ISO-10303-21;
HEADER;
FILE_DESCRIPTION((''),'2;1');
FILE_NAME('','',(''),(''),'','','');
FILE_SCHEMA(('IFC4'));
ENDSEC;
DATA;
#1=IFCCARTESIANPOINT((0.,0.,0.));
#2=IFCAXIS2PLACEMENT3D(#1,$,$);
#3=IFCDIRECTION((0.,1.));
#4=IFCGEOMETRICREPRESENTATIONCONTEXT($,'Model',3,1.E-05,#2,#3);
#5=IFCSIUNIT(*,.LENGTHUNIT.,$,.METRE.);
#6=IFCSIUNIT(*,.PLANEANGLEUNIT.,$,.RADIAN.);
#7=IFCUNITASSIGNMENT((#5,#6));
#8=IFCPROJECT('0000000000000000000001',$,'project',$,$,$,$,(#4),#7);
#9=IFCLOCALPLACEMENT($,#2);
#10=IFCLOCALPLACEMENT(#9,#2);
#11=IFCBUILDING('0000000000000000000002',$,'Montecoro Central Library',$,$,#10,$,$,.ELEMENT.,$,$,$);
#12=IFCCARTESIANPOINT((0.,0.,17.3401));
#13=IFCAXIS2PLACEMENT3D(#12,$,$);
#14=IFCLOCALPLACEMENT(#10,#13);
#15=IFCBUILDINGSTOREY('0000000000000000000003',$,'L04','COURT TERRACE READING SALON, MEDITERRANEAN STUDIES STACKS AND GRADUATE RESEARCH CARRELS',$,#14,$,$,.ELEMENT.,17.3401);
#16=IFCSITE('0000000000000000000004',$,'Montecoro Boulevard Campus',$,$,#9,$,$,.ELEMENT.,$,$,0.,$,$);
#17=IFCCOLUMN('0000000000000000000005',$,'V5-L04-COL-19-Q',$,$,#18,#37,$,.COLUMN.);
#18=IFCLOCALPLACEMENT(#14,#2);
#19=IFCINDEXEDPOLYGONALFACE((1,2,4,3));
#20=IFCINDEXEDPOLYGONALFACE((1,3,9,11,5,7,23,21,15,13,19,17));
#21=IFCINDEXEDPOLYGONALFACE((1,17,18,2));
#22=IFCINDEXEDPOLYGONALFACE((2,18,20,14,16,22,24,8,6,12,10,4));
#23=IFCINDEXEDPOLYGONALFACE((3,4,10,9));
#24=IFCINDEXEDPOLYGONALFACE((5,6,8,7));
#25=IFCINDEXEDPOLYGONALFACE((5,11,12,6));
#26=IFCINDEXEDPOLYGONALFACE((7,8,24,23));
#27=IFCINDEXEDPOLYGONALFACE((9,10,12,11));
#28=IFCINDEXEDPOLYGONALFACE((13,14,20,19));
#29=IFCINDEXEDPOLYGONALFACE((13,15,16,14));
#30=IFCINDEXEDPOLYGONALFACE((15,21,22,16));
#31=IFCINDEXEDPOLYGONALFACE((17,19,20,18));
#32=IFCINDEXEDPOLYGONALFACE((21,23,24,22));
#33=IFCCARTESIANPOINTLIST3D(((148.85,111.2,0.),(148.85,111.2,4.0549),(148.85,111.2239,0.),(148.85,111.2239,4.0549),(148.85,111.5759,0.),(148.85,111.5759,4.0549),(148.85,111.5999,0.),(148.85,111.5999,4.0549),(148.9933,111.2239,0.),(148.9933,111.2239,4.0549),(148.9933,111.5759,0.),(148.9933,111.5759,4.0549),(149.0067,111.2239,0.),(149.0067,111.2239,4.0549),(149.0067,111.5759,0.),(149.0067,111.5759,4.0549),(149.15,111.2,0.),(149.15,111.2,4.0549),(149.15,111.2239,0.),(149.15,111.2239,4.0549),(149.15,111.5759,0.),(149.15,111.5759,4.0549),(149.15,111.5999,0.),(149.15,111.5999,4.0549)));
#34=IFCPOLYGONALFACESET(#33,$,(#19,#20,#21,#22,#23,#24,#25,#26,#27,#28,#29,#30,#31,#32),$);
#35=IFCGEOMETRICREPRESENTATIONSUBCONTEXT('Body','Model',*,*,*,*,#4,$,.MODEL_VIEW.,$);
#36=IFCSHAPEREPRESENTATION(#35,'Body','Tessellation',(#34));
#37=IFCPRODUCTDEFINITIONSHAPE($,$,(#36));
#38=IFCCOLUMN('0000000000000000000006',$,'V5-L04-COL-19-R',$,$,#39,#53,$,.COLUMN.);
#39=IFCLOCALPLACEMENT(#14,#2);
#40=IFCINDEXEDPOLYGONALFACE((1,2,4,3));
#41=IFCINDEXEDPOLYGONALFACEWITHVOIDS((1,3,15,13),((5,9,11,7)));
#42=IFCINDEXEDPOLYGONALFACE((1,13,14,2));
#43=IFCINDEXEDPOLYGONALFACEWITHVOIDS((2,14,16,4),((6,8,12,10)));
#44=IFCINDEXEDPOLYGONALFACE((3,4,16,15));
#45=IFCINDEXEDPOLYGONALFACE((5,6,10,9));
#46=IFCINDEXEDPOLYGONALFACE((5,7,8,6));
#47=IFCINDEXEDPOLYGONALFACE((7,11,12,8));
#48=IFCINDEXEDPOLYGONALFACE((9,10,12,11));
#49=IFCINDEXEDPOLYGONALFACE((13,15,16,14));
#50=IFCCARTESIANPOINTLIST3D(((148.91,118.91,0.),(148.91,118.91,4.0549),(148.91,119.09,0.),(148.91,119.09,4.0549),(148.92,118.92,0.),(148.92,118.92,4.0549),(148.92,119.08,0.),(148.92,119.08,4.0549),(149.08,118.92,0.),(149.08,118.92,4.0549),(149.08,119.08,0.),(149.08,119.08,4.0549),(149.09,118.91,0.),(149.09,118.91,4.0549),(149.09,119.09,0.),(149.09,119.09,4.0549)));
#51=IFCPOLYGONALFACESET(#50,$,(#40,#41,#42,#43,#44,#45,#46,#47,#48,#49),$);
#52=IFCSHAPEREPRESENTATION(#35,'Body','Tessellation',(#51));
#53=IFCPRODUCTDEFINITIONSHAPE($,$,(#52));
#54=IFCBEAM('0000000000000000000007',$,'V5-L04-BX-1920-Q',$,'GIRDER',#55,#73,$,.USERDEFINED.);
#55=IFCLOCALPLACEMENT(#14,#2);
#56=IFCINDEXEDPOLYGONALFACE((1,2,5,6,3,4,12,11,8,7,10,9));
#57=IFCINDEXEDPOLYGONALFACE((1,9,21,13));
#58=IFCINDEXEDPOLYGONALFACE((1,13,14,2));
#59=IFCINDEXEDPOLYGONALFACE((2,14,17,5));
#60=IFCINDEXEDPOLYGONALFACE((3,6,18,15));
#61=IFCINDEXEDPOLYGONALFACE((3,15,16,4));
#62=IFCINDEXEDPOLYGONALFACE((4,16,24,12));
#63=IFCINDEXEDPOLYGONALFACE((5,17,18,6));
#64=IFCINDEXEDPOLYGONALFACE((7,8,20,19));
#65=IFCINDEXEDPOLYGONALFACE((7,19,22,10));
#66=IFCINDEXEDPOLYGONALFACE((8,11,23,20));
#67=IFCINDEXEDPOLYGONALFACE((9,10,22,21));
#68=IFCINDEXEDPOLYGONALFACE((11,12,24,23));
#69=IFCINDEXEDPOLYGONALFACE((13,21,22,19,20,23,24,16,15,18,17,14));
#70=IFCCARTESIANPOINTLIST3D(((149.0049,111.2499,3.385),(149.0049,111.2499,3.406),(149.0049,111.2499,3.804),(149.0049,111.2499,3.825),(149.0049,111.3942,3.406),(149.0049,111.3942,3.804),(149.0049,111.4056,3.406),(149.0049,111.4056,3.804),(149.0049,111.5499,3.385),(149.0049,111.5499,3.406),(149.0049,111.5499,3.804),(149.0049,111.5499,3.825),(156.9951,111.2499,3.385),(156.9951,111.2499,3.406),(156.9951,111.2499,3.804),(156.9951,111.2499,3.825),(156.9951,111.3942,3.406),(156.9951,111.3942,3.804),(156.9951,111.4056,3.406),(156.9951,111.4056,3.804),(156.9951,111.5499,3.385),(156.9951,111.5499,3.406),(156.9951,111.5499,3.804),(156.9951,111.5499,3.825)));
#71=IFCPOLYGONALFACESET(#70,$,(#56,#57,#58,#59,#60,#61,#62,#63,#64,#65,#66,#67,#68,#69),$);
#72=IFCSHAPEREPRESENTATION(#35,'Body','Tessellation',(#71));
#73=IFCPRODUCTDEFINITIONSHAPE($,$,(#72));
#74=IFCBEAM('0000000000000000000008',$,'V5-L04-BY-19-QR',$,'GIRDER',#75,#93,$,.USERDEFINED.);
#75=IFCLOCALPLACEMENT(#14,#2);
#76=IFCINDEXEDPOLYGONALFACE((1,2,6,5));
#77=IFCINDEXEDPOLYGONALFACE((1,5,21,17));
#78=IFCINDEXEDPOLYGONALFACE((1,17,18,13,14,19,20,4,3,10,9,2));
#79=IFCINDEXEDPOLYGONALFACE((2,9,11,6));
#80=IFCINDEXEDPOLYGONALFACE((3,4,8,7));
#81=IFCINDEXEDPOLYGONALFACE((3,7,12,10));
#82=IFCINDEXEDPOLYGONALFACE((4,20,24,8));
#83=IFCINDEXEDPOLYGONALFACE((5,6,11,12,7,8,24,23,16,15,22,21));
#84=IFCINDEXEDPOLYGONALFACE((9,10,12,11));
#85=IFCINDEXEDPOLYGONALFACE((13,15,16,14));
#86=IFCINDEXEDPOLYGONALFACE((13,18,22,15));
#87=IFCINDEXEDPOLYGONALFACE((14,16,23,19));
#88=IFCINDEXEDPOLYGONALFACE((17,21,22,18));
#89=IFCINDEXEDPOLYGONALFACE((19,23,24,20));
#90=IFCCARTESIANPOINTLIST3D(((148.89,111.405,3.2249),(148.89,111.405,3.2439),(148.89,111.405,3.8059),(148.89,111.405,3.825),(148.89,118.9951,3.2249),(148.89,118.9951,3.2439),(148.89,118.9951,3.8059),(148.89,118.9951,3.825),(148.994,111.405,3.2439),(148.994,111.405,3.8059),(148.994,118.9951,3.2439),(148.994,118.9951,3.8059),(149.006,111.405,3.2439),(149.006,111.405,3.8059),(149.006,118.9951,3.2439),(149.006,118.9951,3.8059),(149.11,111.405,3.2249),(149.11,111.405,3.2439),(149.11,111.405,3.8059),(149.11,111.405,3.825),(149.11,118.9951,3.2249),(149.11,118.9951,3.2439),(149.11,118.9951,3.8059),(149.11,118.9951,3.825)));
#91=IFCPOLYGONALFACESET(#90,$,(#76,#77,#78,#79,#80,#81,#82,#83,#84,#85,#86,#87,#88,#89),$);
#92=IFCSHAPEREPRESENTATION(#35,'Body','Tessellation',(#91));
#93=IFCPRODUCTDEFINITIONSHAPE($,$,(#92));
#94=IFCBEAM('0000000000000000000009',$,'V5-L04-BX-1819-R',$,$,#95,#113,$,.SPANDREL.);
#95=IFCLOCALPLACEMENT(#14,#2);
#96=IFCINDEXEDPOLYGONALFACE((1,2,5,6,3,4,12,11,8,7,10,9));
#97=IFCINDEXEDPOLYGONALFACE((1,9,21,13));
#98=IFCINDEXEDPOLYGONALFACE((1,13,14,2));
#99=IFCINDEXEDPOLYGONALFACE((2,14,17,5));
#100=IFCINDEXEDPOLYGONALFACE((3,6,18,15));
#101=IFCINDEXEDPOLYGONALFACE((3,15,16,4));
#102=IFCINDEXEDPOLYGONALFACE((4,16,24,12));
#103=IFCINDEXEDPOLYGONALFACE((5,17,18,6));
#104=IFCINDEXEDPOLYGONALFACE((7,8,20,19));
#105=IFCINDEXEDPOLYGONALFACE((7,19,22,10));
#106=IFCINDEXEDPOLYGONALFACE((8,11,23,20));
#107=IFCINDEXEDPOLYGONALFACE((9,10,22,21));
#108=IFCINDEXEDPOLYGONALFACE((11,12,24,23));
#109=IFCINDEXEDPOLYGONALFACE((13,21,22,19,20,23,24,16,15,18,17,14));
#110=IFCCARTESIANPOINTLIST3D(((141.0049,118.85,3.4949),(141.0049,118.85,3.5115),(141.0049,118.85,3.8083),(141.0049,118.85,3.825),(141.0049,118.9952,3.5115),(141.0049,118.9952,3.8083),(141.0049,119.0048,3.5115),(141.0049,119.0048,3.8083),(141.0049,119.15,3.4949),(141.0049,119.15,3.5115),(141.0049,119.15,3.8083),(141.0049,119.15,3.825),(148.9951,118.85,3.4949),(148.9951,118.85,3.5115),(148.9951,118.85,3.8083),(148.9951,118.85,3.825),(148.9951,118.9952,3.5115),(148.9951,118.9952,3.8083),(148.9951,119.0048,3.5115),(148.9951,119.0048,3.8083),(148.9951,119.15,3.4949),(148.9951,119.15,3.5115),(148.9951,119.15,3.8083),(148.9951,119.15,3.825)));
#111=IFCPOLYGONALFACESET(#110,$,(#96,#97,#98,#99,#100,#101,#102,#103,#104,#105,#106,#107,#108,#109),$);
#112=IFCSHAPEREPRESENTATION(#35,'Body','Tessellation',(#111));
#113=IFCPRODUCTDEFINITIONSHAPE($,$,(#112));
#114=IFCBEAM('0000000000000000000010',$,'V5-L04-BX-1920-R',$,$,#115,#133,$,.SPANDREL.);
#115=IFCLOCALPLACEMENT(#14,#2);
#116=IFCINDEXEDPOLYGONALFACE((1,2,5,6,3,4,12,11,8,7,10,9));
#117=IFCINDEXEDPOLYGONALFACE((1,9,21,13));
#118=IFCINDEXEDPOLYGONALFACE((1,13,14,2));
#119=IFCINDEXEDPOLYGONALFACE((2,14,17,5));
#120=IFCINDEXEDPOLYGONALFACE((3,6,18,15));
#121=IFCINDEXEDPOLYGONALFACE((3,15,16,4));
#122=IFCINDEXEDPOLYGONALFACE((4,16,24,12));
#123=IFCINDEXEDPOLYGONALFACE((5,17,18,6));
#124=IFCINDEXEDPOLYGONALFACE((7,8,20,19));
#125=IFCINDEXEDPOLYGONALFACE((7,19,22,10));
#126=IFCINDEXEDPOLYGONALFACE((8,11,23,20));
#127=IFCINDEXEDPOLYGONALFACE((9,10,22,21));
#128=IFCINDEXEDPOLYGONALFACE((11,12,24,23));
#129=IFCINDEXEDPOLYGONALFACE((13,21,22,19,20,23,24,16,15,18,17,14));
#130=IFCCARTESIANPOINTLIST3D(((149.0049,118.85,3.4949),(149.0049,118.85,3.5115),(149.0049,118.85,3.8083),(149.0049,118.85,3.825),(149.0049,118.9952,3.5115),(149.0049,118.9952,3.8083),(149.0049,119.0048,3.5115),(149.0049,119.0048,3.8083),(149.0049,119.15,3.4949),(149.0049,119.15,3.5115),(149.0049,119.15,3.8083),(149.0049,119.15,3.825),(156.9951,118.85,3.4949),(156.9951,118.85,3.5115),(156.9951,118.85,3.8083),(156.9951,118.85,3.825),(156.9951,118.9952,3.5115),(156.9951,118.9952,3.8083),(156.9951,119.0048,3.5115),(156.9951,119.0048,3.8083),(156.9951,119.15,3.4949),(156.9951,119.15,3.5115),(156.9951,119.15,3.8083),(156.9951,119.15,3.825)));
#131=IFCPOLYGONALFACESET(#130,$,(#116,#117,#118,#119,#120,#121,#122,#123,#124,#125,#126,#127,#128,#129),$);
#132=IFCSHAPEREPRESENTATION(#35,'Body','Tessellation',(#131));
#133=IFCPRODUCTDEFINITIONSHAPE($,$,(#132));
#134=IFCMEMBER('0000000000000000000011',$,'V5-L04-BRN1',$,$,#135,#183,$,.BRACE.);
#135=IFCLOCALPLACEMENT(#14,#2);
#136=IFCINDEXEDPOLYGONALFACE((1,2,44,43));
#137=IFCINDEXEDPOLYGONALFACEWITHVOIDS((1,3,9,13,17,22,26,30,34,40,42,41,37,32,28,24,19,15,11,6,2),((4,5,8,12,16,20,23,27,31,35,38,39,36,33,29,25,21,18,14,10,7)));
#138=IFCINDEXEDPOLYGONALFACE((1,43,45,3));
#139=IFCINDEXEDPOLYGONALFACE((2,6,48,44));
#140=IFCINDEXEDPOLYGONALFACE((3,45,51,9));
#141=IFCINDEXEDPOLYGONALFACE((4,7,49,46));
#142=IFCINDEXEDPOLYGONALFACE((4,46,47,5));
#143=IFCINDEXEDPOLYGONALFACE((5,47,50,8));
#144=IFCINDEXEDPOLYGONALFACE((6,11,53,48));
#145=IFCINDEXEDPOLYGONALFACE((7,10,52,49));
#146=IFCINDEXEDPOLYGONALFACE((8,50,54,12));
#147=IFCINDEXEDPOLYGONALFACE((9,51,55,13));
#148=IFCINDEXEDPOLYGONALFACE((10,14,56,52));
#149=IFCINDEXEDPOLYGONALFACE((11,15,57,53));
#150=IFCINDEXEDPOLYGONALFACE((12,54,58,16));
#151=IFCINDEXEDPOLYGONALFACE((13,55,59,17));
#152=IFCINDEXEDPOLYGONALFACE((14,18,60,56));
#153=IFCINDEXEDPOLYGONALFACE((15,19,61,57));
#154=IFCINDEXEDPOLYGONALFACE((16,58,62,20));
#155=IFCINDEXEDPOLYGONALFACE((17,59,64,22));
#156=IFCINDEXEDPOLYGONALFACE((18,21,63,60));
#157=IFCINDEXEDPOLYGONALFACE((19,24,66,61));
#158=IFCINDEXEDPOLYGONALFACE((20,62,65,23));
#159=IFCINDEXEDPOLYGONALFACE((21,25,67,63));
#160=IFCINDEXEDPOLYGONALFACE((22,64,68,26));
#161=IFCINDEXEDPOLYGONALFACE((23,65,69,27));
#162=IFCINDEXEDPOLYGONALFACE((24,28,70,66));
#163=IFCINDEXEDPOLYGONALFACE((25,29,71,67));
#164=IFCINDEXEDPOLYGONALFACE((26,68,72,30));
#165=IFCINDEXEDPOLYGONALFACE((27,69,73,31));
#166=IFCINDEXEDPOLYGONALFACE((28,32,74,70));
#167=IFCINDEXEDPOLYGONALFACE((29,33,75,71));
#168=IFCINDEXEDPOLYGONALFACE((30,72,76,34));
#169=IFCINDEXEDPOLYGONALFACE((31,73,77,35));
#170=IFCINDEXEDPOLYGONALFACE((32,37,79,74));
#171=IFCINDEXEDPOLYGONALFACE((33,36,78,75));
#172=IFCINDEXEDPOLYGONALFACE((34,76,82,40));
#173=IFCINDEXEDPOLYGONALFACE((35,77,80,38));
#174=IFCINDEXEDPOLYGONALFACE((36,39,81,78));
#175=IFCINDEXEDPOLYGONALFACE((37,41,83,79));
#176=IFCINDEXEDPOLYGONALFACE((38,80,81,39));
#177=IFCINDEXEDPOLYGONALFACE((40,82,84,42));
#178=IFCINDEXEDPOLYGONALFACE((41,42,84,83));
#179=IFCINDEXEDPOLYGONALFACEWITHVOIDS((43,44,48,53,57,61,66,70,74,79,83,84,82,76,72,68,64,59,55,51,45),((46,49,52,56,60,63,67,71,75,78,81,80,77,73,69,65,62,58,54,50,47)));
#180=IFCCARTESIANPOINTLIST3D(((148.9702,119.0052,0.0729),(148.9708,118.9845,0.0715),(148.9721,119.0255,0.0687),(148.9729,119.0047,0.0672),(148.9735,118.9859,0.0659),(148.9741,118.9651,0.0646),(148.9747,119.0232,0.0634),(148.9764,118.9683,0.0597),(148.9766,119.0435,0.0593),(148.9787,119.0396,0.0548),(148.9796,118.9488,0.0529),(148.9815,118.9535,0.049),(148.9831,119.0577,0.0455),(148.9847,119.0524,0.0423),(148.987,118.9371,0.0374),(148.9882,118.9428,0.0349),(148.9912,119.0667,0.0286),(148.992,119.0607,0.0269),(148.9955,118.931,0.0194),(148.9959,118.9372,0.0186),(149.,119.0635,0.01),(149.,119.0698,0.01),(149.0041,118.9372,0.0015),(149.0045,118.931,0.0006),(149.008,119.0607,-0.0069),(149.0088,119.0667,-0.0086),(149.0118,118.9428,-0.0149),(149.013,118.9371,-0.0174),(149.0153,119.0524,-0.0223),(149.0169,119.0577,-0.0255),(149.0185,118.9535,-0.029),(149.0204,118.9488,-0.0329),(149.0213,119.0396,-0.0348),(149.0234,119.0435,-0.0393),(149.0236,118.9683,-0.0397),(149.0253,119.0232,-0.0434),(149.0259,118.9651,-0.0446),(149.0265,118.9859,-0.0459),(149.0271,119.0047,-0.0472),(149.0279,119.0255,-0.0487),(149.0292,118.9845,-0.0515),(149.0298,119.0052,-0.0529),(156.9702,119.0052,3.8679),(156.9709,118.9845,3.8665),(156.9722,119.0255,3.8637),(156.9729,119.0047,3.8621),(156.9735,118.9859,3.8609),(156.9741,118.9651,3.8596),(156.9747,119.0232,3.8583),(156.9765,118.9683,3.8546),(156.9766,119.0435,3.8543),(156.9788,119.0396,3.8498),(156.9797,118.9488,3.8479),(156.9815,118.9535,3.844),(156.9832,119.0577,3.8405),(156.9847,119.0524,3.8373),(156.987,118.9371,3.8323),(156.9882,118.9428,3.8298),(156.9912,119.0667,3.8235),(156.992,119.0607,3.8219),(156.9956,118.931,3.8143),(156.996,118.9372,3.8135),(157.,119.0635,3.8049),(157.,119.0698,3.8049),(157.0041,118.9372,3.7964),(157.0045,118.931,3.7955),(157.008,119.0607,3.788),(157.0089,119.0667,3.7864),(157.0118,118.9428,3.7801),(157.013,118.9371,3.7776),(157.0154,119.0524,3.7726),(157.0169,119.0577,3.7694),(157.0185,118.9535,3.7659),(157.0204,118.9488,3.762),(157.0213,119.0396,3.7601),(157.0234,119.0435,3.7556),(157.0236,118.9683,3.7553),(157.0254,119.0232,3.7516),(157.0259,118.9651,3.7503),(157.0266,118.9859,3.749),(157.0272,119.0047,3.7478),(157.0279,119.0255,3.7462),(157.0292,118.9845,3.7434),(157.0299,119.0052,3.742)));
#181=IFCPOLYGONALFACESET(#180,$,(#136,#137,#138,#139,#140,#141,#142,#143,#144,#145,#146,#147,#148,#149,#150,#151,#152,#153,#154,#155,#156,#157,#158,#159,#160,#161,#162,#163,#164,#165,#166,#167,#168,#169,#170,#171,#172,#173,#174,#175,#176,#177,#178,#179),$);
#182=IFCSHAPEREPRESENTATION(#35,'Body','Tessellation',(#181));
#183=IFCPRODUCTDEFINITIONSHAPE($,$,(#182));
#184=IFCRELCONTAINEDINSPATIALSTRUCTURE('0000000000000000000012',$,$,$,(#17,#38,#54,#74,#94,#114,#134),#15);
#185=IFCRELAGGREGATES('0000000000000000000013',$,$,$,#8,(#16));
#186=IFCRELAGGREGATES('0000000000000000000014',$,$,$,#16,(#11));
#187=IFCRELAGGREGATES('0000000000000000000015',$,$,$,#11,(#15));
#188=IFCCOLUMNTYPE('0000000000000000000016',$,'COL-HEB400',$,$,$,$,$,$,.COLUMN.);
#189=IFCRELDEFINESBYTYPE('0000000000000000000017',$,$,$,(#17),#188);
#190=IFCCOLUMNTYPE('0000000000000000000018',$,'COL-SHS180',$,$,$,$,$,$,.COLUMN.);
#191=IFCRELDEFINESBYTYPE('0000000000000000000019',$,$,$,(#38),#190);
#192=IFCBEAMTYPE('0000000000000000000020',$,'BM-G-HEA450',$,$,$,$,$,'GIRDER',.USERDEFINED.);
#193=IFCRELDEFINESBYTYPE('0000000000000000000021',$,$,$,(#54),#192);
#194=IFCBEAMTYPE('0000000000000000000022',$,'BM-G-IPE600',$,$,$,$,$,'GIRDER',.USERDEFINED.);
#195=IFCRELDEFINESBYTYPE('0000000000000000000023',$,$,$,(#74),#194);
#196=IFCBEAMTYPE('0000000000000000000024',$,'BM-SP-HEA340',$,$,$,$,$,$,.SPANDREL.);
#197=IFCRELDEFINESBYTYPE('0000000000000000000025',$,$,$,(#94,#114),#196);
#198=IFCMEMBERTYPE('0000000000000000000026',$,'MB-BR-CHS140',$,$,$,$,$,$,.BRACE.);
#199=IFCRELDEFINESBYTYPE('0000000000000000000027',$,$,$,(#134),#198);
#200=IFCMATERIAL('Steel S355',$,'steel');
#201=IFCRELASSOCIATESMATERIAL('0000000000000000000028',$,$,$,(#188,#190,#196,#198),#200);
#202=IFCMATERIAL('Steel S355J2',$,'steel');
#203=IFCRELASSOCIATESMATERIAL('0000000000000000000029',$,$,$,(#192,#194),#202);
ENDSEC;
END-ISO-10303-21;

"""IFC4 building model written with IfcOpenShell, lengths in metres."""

from ifc_helpers import new_model, si_unit, direction, frame, origin, origin_2d, place, context, subcontext, project, spatial, hollow_rectangle, hollow_circle, i_section, extrude, material, material_profile, profile_set, type_object, element, save


model = new_model("IFC4")

# Units and contexts
model_context = context("Model", 3, precision=1e-05, world=origin(), true_north=direction((0.0, 1.0)))
body_context = subcontext(model_context, "Body", "Model", "MODEL_VIEW")
ifc_project = project(units=[si_unit("LENGTHUNIT", "METRE"), si_unit("PLANEANGLEUNIT", "RADIAN")], contexts=[model_context])

# Site, building, storey
site_placement = place(None, origin())
site = spatial("IfcSite", under=ifc_project, at=site_placement, Name="Montecoro Boulevard Campus", CompositionType="ELEMENT", RefElevation=0.0)
building_placement = place(site_placement, origin())
building = spatial("IfcBuilding", under=site, at=building_placement, Name="Montecoro Central Library", CompositionType="ELEMENT")
storey_placement = place(building_placement, frame((0.0, 0.0, 17.3401)))
storey = spatial("IfcBuildingStorey", under=building, at=storey_placement, Name="L04", Description="COURT TERRACE READING SALON, MEDITERRANEAN STUDIES STACKS AND GRADUATE RESEARCH CARRELS", CompositionType="ELEMENT", Elevation=17.3401)

# Columns
ifc_material_1 = material(Name="Steel S355", Category="steel")
ifc_material_profile_1 = material_profile(ifc_material_1, i_section(OverallWidth=0.3, OverallDepth=0.3999, WebThickness=0.0134, FlangeThickness=0.0239, at=origin_2d()), Name="HEB 400")
ifc_profile_set_1 = profile_set([ifc_material_profile_1], Name="Steel S355")
column_type_1 = type_object("IfcColumnType", Name="COL-HEB400", PredefinedType="COLUMN", material=ifc_profile_set_1)
column_1_placement = place(storey_placement, frame((149.0, 111.3999, 0.0), z_axis=(0.0, 0.0, 1.0), x_axis=(1.0, 0.0, 0.0)))
element("IfcColumn", 1, at=column_1_placement, inside=storey, type_object=column_type_1, Name="V5-L04-COL-19-Q", PredefinedType="COLUMN", context=body_context, shape_type="SweptSolid", body=[
    extrude(i_section(OverallWidth=0.3, OverallDepth=0.3999, WebThickness=0.0134, FlangeThickness=0.0239, at=origin_2d()), origin(), (0.0, 0.0, 1.0), 4.0549),
])
ifc_material_profile_2 = material_profile(ifc_material_1, hollow_rectangle(XDim=0.1799, YDim=0.1799, WallThickness=0.01, at=origin_2d()), Name="SHS 180x180x10.0")
ifc_profile_set_2 = profile_set([ifc_material_profile_2], Name="Steel S355")
column_type_2 = type_object("IfcColumnType", Name="COL-SHS180", PredefinedType="COLUMN", material=ifc_profile_set_2)
column_2_placement = place(storey_placement, frame((149.0, 119.0, 0.0), z_axis=(0.0, 0.0, 1.0), x_axis=(1.0, 0.0, 0.0)))
element("IfcColumn", 2, at=column_2_placement, inside=storey, type_object=column_type_2, Name="V5-L04-COL-19-R", PredefinedType="COLUMN", context=body_context, shape_type="SweptSolid", body=[
    extrude(hollow_rectangle(XDim=0.1799, YDim=0.1799, WallThickness=0.01, at=origin_2d()), origin(), (0.0, 0.0, 1.0), 4.0549),
])

# Beams
ifc_material_2 = material(Name="Steel S355J2", Category="steel")
ifc_material_profile_3 = material_profile(ifc_material_2, i_section(OverallWidth=0.3, OverallDepth=0.4399, WebThickness=0.0115, FlangeThickness=0.021, at=origin_2d()), Name="HEA 450")
ifc_profile_set_3 = profile_set([ifc_material_profile_3], Name="Steel S355J2")
beam_type_1 = type_object("IfcBeamType", Name="BM-G-HEA450", ElementType="GIRDER", PredefinedType="USERDEFINED", material=ifc_profile_set_3)
beam_1_placement = place(storey_placement, frame((149.0049, 111.3999, 3.605), z_axis=(1.0, 0.0, 0.0), x_axis=(0.0, 1.0, 0.0)))
element("IfcBeam", 3, at=beam_1_placement, inside=storey, type_object=beam_type_1, Name="V5-L04-BX-1920-Q", ObjectType="GIRDER", PredefinedType="USERDEFINED", context=body_context, shape_type="SweptSolid", body=[
    extrude(i_section(OverallWidth=0.3, OverallDepth=0.4399, WebThickness=0.0115, FlangeThickness=0.021, at=origin_2d()), origin(), (0.0, 0.0, 1.0), 7.9902),
])
ifc_material_profile_4 = material_profile(ifc_material_2, i_section(OverallWidth=0.22, OverallDepth=0.6001, WebThickness=0.012, FlangeThickness=0.019, at=origin_2d()), Name="IPE 600")
ifc_profile_set_4 = profile_set([ifc_material_profile_4], Name="Steel S355J2")
beam_type_2 = type_object("IfcBeamType", Name="BM-G-IPE600", ElementType="GIRDER", PredefinedType="USERDEFINED", material=ifc_profile_set_4)
beam_2_placement = place(storey_placement, frame((149.0, 111.405, 3.5249), z_axis=(0.0, 1.0, 0.0), x_axis=(-1.0, 0.0, 0.0)))
element("IfcBeam", 4, at=beam_2_placement, inside=storey, type_object=beam_type_2, Name="V5-L04-BY-19-QR", ObjectType="GIRDER", PredefinedType="USERDEFINED", context=body_context, shape_type="SweptSolid", body=[
    extrude(i_section(OverallWidth=0.22, OverallDepth=0.6001, WebThickness=0.012, FlangeThickness=0.019, at=origin_2d()), origin(), (0.0, 0.0, 1.0), 7.5901),
])
ifc_material_profile_5 = material_profile(ifc_material_1, i_section(OverallWidth=0.3, OverallDepth=0.3301, WebThickness=0.0095, FlangeThickness=0.0166, at=origin_2d()), Name="HEA 340")
ifc_profile_set_5 = profile_set([ifc_material_profile_5], Name="Steel S355")
beam_type_3 = type_object("IfcBeamType", Name="BM-SP-HEA340", PredefinedType="SPANDREL", material=ifc_profile_set_5)
for number, where, z_axis, x_axis, name in (
    (5, (141.0049, 119.0, 3.6599), (1.0, 0.0, 0.0), (0.0, 1.0, 0.0), "V5-L04-BX-1819-R"),
    (6, (149.0049, 119.0, 3.6599), (1.0, 0.0, 0.0), (0.0, 1.0, 0.0), "V5-L04-BX-1920-R"),
):
    element("IfcBeam", number, at=place(storey_placement, frame(where, z_axis=z_axis, x_axis=x_axis)), inside=storey, type_object=beam_type_3, Name=name, PredefinedType="SPANDREL", context=body_context, shape_type="SweptSolid", body=[
        extrude(i_section(OverallWidth=0.3, OverallDepth=0.3301, WebThickness=0.0095, FlangeThickness=0.0166, at=origin_2d()), origin(), (0.0, 0.0, 1.0), 7.9902),
    ])

# Member
ifc_material_profile_6 = material_profile(ifc_material_1, hollow_circle(Radius=0.0698, WallThickness=0.0063, at=origin_2d()), Name="CHS 139.7x6.3")
ifc_profile_set_6 = profile_set([ifc_material_profile_6], Name="Steel S355")
member_type = type_object("IfcMemberType", Name="MB-BR-CHS140", PredefinedType="BRACE", material=ifc_profile_set_6)
member_placement = place(storey_placement, frame((149.0, 119.0, 0.01), z_axis=(0.9035, 0.0, 0.428589), x_axis=(0.0, 1.0, 0.0)))
element("IfcMember", 7, at=member_placement, inside=storey, type_object=member_type, Name="V5-L04-BRN1", PredefinedType="BRACE", context=body_context, shape_type="SweptSolid", body=[
    extrude(hollow_circle(Radius=0.0698, WallThickness=0.0063, at=origin_2d()), origin(), (0.0, 0.0, 1.0), 8.8545),
])

save(model, "model.ifc")
